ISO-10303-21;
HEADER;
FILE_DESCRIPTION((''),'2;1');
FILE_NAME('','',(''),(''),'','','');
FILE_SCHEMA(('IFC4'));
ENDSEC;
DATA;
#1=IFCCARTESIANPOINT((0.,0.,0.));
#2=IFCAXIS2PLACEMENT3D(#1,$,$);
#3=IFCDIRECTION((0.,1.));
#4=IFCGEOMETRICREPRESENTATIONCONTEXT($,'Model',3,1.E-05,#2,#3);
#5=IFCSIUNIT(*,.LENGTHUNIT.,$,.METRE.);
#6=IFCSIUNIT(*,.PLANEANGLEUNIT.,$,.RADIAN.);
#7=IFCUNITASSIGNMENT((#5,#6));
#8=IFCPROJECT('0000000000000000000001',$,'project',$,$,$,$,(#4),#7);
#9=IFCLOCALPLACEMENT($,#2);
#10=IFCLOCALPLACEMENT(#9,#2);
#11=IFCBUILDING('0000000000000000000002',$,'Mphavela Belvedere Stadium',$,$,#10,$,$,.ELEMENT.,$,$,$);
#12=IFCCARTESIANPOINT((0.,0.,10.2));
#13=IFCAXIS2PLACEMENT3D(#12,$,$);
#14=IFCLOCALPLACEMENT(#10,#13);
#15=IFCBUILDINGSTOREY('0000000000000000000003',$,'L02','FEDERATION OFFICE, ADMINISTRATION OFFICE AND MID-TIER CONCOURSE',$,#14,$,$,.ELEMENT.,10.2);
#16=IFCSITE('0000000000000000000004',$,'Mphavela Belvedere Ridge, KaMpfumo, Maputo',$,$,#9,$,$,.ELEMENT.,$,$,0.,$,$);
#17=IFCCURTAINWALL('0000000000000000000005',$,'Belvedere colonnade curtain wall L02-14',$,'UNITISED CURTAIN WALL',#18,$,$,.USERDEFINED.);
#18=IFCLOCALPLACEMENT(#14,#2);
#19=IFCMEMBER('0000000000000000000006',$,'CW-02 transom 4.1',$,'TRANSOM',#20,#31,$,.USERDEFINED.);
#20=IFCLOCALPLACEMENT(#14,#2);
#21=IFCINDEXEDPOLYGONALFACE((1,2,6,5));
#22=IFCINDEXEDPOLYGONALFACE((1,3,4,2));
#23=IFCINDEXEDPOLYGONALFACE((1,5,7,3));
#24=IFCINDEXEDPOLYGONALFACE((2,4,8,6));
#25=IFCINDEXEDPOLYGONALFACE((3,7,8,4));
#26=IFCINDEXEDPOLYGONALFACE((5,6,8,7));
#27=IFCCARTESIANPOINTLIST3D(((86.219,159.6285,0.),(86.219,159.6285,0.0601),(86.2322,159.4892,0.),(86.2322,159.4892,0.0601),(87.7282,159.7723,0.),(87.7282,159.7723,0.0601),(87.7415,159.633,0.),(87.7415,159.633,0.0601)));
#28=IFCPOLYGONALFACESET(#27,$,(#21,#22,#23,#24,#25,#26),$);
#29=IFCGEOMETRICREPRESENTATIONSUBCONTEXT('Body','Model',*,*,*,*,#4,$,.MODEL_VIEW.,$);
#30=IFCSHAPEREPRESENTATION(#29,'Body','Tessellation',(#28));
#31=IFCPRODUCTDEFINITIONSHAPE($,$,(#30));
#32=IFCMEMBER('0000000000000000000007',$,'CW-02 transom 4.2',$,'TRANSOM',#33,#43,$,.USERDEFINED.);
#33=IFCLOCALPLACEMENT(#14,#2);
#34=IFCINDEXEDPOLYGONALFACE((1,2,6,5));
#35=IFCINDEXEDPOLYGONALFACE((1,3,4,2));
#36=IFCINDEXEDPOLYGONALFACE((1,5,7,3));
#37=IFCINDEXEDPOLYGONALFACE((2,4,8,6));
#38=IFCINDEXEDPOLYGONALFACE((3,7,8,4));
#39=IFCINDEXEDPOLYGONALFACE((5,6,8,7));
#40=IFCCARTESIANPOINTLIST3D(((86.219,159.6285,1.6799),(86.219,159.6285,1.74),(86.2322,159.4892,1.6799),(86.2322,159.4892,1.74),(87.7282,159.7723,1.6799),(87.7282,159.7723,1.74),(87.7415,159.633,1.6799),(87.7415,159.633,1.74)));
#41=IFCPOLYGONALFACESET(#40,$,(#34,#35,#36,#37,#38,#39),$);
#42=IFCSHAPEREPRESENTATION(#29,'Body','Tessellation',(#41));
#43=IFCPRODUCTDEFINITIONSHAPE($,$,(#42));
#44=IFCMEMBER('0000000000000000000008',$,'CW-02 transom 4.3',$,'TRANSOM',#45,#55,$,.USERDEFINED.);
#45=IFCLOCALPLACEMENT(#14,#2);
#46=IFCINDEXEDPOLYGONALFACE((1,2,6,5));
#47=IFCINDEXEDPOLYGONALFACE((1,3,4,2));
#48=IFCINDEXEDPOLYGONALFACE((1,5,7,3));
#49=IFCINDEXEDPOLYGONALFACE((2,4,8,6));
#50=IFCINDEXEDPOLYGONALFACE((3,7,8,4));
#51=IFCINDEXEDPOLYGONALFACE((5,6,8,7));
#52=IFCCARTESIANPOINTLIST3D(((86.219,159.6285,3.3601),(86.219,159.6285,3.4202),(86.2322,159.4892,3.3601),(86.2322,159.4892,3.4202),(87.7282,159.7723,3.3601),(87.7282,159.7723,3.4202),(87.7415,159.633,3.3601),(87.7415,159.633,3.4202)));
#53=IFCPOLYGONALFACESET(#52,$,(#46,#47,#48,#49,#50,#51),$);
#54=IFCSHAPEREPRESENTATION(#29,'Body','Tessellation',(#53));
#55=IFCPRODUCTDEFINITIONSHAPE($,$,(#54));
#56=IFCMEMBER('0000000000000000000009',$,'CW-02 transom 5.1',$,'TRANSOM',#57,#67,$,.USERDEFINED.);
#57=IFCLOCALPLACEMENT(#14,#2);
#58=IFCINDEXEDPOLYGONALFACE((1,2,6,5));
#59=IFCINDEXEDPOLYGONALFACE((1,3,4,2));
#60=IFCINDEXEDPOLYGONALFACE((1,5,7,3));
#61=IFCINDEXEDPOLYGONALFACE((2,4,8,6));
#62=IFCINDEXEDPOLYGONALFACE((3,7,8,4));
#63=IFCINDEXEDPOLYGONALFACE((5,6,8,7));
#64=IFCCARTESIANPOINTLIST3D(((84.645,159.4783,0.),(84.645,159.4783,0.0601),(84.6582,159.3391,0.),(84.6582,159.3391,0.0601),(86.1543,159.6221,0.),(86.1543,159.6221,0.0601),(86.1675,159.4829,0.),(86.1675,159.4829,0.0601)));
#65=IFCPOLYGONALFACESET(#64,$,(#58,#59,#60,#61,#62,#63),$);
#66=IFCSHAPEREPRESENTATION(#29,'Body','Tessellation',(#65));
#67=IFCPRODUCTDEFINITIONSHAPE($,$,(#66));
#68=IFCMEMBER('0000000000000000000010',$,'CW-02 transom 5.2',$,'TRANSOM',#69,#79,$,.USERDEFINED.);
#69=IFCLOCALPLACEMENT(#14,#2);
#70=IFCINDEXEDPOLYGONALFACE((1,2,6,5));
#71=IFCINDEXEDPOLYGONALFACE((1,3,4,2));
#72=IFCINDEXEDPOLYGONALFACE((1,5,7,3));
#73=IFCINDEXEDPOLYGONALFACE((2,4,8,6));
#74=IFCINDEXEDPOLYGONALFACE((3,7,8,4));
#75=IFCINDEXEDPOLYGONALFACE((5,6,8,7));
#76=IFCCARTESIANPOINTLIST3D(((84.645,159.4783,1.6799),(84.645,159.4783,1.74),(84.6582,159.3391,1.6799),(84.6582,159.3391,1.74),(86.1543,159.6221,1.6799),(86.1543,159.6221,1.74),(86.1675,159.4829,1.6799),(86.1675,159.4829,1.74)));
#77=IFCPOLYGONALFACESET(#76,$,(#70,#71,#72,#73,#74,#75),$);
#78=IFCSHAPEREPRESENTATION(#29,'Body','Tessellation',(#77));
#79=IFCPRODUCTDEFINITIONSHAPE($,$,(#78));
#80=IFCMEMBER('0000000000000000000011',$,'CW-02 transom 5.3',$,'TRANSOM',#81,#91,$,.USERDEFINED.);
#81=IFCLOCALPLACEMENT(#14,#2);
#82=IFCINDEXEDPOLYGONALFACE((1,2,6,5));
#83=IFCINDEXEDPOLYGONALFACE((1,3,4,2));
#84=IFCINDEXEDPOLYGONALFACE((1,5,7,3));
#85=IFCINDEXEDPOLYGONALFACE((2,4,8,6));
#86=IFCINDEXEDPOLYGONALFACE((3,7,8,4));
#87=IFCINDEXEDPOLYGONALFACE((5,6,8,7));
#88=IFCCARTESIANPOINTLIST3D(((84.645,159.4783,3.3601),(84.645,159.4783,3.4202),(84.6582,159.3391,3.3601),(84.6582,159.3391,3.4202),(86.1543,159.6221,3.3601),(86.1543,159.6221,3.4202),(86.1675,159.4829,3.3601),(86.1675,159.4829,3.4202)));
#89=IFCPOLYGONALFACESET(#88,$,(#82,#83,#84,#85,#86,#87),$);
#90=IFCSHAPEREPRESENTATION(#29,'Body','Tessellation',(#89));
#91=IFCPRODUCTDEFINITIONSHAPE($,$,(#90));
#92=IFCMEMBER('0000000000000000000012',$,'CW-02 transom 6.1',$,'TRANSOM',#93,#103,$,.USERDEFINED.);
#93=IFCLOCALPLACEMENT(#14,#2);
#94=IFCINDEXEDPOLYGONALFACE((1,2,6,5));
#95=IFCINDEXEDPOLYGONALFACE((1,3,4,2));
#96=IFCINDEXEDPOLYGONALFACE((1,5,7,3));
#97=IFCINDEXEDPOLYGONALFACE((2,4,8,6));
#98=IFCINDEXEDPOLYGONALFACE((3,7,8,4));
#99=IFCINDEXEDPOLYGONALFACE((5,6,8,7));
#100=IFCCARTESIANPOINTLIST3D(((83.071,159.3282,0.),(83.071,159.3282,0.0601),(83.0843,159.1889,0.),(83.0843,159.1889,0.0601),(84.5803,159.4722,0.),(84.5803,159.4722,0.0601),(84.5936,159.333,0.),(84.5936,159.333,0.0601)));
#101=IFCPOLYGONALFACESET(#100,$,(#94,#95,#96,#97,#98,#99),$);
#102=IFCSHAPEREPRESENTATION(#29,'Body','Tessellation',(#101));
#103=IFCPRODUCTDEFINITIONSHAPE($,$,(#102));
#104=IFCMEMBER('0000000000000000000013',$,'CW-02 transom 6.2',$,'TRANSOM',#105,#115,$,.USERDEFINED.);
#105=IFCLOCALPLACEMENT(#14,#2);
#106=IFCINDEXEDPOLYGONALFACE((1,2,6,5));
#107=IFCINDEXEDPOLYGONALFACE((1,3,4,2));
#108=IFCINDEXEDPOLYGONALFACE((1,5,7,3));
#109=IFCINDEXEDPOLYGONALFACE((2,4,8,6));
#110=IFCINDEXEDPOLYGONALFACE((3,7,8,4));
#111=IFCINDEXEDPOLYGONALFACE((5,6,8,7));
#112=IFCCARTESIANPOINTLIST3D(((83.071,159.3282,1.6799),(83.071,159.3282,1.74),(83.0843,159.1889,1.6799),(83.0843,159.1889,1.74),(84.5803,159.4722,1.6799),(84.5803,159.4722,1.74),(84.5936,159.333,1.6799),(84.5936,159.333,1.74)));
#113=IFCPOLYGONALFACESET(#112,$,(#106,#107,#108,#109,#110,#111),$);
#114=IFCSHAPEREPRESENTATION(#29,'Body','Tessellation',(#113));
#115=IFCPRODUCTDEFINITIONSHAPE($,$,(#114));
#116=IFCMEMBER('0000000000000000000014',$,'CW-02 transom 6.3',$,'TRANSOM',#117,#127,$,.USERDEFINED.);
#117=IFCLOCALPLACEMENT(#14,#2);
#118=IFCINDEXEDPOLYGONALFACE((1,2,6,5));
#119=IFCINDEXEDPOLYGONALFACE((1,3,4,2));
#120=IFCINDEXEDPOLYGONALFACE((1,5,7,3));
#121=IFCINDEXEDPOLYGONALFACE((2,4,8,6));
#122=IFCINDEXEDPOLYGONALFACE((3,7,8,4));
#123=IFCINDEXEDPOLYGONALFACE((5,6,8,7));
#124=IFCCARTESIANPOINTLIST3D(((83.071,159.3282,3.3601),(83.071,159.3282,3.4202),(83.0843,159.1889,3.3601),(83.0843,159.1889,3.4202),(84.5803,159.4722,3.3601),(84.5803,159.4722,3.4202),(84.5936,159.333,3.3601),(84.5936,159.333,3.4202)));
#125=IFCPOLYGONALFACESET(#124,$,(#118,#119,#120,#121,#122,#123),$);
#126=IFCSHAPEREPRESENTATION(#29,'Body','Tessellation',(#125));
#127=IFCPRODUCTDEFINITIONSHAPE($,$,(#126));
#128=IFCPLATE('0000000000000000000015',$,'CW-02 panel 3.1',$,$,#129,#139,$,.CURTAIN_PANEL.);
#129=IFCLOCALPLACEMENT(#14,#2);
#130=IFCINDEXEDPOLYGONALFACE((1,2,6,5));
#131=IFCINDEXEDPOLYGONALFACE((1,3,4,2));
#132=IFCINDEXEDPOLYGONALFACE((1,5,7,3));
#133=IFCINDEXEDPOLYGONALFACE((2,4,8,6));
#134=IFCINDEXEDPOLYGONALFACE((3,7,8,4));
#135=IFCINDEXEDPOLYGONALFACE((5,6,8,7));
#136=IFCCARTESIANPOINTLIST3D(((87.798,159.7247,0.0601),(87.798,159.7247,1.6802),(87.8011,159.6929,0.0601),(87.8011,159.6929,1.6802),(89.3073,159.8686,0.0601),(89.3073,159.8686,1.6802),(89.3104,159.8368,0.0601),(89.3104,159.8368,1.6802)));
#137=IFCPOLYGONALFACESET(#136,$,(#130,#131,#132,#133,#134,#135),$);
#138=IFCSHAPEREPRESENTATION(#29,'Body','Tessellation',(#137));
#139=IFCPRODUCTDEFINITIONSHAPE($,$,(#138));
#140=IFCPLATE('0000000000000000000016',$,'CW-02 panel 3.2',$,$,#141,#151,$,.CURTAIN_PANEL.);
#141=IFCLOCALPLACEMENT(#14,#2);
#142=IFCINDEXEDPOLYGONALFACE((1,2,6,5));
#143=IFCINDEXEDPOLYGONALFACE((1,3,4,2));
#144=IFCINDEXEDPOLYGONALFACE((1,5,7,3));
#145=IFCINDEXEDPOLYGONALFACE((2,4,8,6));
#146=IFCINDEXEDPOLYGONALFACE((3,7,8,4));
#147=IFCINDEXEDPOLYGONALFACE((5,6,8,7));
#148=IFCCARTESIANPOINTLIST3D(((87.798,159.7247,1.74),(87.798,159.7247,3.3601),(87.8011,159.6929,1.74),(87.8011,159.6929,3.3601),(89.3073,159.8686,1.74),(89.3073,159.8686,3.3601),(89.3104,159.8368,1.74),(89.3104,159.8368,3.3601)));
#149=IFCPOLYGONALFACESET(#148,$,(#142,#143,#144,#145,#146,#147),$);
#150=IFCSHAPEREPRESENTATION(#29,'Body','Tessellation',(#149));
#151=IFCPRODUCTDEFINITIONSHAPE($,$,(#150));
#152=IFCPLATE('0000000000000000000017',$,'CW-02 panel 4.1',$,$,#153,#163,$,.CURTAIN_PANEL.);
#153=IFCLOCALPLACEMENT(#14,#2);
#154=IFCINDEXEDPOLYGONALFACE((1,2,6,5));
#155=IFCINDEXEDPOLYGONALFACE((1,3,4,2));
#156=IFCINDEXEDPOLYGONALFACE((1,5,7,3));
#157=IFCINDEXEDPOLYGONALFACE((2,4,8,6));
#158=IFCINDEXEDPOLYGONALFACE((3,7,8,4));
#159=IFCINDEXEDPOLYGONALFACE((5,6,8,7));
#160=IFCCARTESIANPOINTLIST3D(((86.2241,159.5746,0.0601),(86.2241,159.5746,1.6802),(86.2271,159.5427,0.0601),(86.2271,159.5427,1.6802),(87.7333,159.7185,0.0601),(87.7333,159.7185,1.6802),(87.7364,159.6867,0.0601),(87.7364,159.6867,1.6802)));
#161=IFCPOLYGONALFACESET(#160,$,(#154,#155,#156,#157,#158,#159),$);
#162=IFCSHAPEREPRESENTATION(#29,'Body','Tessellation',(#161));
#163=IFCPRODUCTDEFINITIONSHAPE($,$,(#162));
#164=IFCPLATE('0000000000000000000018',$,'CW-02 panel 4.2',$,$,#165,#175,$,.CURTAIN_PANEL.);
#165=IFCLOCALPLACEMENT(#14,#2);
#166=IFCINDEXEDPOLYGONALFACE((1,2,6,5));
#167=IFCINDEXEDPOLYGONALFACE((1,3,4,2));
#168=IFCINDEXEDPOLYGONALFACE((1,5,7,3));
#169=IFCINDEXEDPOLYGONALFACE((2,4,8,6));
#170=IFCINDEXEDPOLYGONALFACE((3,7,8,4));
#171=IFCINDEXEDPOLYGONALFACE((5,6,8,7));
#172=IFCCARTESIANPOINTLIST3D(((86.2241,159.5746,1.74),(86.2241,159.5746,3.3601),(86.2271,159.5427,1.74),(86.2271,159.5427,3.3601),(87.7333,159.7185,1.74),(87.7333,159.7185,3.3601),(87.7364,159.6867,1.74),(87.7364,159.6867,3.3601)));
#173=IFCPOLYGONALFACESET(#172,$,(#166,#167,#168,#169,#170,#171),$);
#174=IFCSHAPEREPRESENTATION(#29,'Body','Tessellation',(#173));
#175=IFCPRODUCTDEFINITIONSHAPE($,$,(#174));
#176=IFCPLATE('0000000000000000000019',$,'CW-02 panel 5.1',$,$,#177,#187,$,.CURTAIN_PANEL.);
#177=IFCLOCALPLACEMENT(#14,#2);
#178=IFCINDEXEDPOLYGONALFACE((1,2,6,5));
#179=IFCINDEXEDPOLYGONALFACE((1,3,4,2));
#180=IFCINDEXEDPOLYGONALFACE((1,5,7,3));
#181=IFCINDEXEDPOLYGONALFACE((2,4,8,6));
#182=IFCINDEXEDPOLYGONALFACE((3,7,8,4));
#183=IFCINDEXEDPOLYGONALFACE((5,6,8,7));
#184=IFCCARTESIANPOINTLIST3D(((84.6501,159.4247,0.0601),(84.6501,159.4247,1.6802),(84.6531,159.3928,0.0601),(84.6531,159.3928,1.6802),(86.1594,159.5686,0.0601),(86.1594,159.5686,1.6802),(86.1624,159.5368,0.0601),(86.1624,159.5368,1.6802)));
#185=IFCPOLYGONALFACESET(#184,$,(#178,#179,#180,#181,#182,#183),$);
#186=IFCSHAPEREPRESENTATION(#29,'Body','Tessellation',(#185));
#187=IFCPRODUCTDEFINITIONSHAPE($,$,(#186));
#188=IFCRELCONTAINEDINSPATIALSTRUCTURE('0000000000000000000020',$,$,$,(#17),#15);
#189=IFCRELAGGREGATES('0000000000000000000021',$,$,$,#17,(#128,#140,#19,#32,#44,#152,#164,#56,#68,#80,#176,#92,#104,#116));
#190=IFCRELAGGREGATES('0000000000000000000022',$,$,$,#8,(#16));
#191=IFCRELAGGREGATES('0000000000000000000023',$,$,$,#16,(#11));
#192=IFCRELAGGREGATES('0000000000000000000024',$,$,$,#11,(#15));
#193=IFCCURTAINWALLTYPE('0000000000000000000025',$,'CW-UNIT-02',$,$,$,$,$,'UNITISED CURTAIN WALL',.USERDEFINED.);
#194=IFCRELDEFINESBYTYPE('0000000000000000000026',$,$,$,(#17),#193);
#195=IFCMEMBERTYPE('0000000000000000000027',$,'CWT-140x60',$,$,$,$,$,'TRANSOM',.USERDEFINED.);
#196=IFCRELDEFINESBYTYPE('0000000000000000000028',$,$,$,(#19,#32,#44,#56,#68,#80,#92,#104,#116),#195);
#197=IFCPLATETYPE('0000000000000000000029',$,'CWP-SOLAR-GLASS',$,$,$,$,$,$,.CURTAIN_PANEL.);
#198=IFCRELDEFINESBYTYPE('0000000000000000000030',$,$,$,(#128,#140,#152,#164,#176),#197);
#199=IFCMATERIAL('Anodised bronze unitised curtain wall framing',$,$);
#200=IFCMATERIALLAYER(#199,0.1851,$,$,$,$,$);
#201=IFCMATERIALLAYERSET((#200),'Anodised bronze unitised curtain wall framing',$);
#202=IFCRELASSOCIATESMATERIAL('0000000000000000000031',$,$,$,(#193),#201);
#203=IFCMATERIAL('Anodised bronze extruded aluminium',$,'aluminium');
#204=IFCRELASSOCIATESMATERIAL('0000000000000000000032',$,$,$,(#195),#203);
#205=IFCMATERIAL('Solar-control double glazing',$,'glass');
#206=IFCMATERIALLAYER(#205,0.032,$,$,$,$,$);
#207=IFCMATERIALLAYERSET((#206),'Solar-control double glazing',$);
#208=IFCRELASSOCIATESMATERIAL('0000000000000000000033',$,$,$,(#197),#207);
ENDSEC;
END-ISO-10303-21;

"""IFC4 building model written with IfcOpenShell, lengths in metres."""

from ifc_helpers import new_model, si_unit, direction, frame, origin, origin_2d, place, context, subcontext, project, spatial, rectangle, extrude, material, layer, layer_set, material_profile, profile_set, type_object, element, aggregate, save


model = new_model("IFC4")

# Units and contexts
model_context = context("Model", 3, precision=1e-05, world=origin(), true_north=direction((0.0, 1.0)))
body_context = subcontext(model_context, "Body", "Model", "MODEL_VIEW")
ifc_project = project(units=[si_unit("LENGTHUNIT", "METRE"), si_unit("PLANEANGLEUNIT", "RADIAN")], contexts=[model_context])

# Site, building, storey
site_placement = place(None, origin())
site = spatial("IfcSite", under=ifc_project, at=site_placement, Name="Mphavela Belvedere Ridge, KaMpfumo, Maputo", CompositionType="ELEMENT", RefElevation=0.0)
building_placement = place(site_placement, origin())
building = spatial("IfcBuilding", under=site, at=building_placement, Name="Mphavela Belvedere Stadium", CompositionType="ELEMENT")
storey_placement = place(building_placement, frame((0.0, 0.0, 10.2)))
storey = spatial("IfcBuildingStorey", under=building, at=storey_placement, Name="L02", Description="FEDERATION OFFICE, ADMINISTRATION OFFICE AND MID-TIER CONCOURSE", CompositionType="ELEMENT", Elevation=10.2)

# Curtain wall, members, plates
ifc_material_1 = material(Name="Anodised bronze unitised curtain wall framing")
ifc_layer_1 = layer(ifc_material_1, 0.1851)
ifc_layer_set_1 = layer_set([ifc_layer_1], Name="Anodised bronze unitised curtain wall framing")
curtain_wall_type = type_object("IfcCurtainWallType", Name="CW-UNIT-02", ElementType="UNITISED CURTAIN WALL", PredefinedType="USERDEFINED", material=ifc_layer_set_1)
curtain_wall_placement = place(storey_placement, origin())
curtain_wall = element("IfcCurtainWall", 1, at=curtain_wall_placement, inside=storey, type_object=curtain_wall_type, Name="Belvedere colonnade curtain wall L02-14", ObjectType="UNITISED CURTAIN WALL", PredefinedType="USERDEFINED")
ifc_material_2 = material(Name="Anodised bronze extruded aluminium", Category="aluminium")
ifc_material_profile_1 = material_profile(ifc_material_2, rectangle(XDim=0.1399, YDim=0.0601, at=origin_2d()), Name="CW-TRN 140x60")
ifc_profile_set_1 = profile_set([ifc_material_profile_1], Name="Anodised bronze extruded aluminium")
member_type_1 = type_object("IfcMemberType", Name="CWT-140x60", ElementType="TRANSOM", PredefinedType="USERDEFINED", material=ifc_profile_set_1)
member_1_placement = place(storey_placement, frame((87.7349, 159.7026, 0.03), z_axis=(-0.995492, -0.094847, 0.0), x_axis=(0.094847, -0.995492, 0.0)))
member_1 = element("IfcMember", 2, at=member_1_placement, type_object=member_type_1, Name="CW-02 transom 4.1", ObjectType="TRANSOM", PredefinedType="USERDEFINED", context=body_context, shape_type="SweptSolid", body=[
    extrude(rectangle(XDim=0.1399, YDim=0.0601, at=origin_2d()), origin(), (0.0, 0.0, 1.0), 1.5161),
])
member_2_placement = place(storey_placement, frame((87.7349, 159.7026, 1.71), z_axis=(-0.995492, -0.094847, 0.0), x_axis=(0.094847, -0.995492, 0.0)))
member_2 = element("IfcMember", 3, at=member_2_placement, type_object=member_type_1, Name="CW-02 transom 4.2", ObjectType="TRANSOM", PredefinedType="USERDEFINED", context=body_context, shape_type="SweptSolid", body=[
    extrude(rectangle(XDim=0.1399, YDim=0.0601, at=origin_2d()), origin(), (0.0, 0.0, 1.0), 1.5161),
])
member_3_placement = place(storey_placement, frame((87.7349, 159.7026, 3.3901), z_axis=(-0.995492, -0.094847, 0.0), x_axis=(0.094847, -0.995492, 0.0)))
member_3 = element("IfcMember", 4, at=member_3_placement, type_object=member_type_1, Name="CW-02 transom 4.3", ObjectType="TRANSOM", PredefinedType="USERDEFINED", context=body_context, shape_type="SweptSolid", body=[
    extrude(rectangle(XDim=0.1399, YDim=0.0601, at=origin_2d()), origin(), (0.0, 0.0, 1.0), 1.5161),
])
member_4_placement = place(storey_placement, frame((86.1609, 159.5525, 0.03), z_axis=(-0.995492, -0.094847, 0.0), x_axis=(0.094847, -0.995492, 0.0)))
member_4 = element("IfcMember", 5, at=member_4_placement, type_object=member_type_1, Name="CW-02 transom 5.1", ObjectType="TRANSOM", PredefinedType="USERDEFINED", context=body_context, shape_type="SweptSolid", body=[
    extrude(rectangle(XDim=0.1399, YDim=0.0601, at=origin_2d()), origin(), (0.0, 0.0, 1.0), 1.5161),
])
member_5_placement = place(storey_placement, frame((86.1609, 159.5525, 1.71), z_axis=(-0.995492, -0.094847, 0.0), x_axis=(0.094847, -0.995492, 0.0)))
member_5 = element("IfcMember", 6, at=member_5_placement, type_object=member_type_1, Name="CW-02 transom 5.2", ObjectType="TRANSOM", PredefinedType="USERDEFINED", context=body_context, shape_type="SweptSolid", body=[
    extrude(rectangle(XDim=0.1399, YDim=0.0601, at=origin_2d()), origin(), (0.0, 0.0, 1.0), 1.5161),
])
member_6_placement = place(storey_placement, frame((86.1609, 159.5525, 3.3901), z_axis=(-0.995492, -0.094847, 0.0), x_axis=(0.094847, -0.995492, 0.0)))
member_6 = element("IfcMember", 7, at=member_6_placement, type_object=member_type_1, Name="CW-02 transom 5.3", ObjectType="TRANSOM", PredefinedType="USERDEFINED", context=body_context, shape_type="SweptSolid", body=[
    extrude(rectangle(XDim=0.1399, YDim=0.0601, at=origin_2d()), origin(), (0.0, 0.0, 1.0), 1.5161),
])
member_7_placement = place(storey_placement, frame((84.5869, 159.4026, 0.03), z_axis=(-0.995477, -0.095007, 0.0), x_axis=(0.095007, -0.995477, 0.0)))
member_7 = element("IfcMember", 8, at=member_7_placement, type_object=member_type_1, Name="CW-02 transom 6.1", ObjectType="TRANSOM", PredefinedType="USERDEFINED", context=body_context, shape_type="SweptSolid", body=[
    extrude(rectangle(XDim=0.1399, YDim=0.0601, at=origin_2d()), origin(), (0.0, 0.0, 1.0), 1.5161),
])
member_8_placement = place(storey_placement, frame((84.5869, 159.4026, 1.71), z_axis=(-0.995477, -0.095007, 0.0), x_axis=(0.095007, -0.995477, 0.0)))
member_8 = element("IfcMember", 9, at=member_8_placement, type_object=member_type_1, Name="CW-02 transom 6.2", ObjectType="TRANSOM", PredefinedType="USERDEFINED", context=body_context, shape_type="SweptSolid", body=[
    extrude(rectangle(XDim=0.1399, YDim=0.0601, at=origin_2d()), origin(), (0.0, 0.0, 1.0), 1.5161),
])
member_9_placement = place(storey_placement, frame((84.5869, 159.4026, 3.3901), z_axis=(-0.995477, -0.095007, 0.0), x_axis=(0.095007, -0.995477, 0.0)))
member_9 = element("IfcMember", 10, at=member_9_placement, type_object=member_type_1, Name="CW-02 transom 6.3", ObjectType="TRANSOM", PredefinedType="USERDEFINED", context=body_context, shape_type="SweptSolid", body=[
    extrude(rectangle(XDim=0.1399, YDim=0.0601, at=origin_2d()), origin(), (0.0, 0.0, 1.0), 1.5161),
])
ifc_material_3 = material(Name="Solar-control double glazing", Category="glass")
ifc_layer_2 = layer(ifc_material_3, 0.032)
ifc_layer_set_2 = layer_set([ifc_layer_2], Name="Solar-control double glazing")
plate_type = type_object("IfcPlateType", Name="CWP-SOLAR-GLASS", PredefinedType="CURTAIN_PANEL", material=ifc_layer_set_2)
plate_1_placement = place(storey_placement, frame((88.5542, 159.7808, 0.0601), z_axis=(0.0, 0.0, 1.0), x_axis=(-0.995484, -0.094926, 0.0)))
plate_1 = element("IfcPlate", 11, at=plate_1_placement, type_object=plate_type, Name="CW-02 panel 3.1", PredefinedType="CURTAIN_PANEL", context=body_context, shape_type="SweptSolid", body=[
    extrude(rectangle(XDim=1.5161, YDim=0.032, at=origin_2d()), origin(), (0.0, 0.0, 1.0), 1.6201),
])
plate_2_placement = place(storey_placement, frame((88.5542, 159.7808, 1.74), z_axis=(0.0, 0.0, 1.0), x_axis=(-0.995484, -0.094926, 0.0)))
plate_2 = element("IfcPlate", 12, at=plate_2_placement, type_object=plate_type, Name="CW-02 panel 3.2", PredefinedType="CURTAIN_PANEL", context=body_context, shape_type="SweptSolid", body=[
    extrude(rectangle(XDim=1.5161, YDim=0.032, at=origin_2d()), origin(), (0.0, 0.0, 1.0), 1.6201),
])
plate_3_placement = place(storey_placement, frame((86.9802, 159.6306, 0.0601), z_axis=(0.0, 0.0, 1.0), x_axis=(-0.995484, -0.094926, 0.0)))
plate_3 = element("IfcPlate", 13, at=plate_3_placement, type_object=plate_type, Name="CW-02 panel 4.1", PredefinedType="CURTAIN_PANEL", context=body_context, shape_type="SweptSolid", body=[
    extrude(rectangle(XDim=1.5161, YDim=0.032, at=origin_2d()), origin(), (0.0, 0.0, 1.0), 1.6201),
])
plate_4_placement = place(storey_placement, frame((86.9802, 159.6306, 1.74), z_axis=(0.0, 0.0, 1.0), x_axis=(-0.995484, -0.094926, 0.0)))
plate_4 = element("IfcPlate", 14, at=plate_4_placement, type_object=plate_type, Name="CW-02 panel 4.2", PredefinedType="CURTAIN_PANEL", context=body_context, shape_type="SweptSolid", body=[
    extrude(rectangle(XDim=1.5161, YDim=0.032, at=origin_2d()), origin(), (0.0, 0.0, 1.0), 1.6201),
])
plate_5_placement = place(storey_placement, frame((85.4062, 159.4807, 0.0601), z_axis=(0.0, 0.0, 1.0), x_axis=(-0.995484, -0.094926, 0.0)))
plate_5 = element("IfcPlate", 15, at=plate_5_placement, type_object=plate_type, Name="CW-02 panel 5.1", PredefinedType="CURTAIN_PANEL", context=body_context, shape_type="SweptSolid", body=[
    extrude(rectangle(XDim=1.5161, YDim=0.032, at=origin_2d()), origin(), (0.0, 0.0, 1.0), 1.6201),
])
aggregate(curtain_wall, [plate_1, plate_2, member_1, member_2, member_3, plate_3, plate_4, member_4, member_5, member_6, plate_5, member_7, member_8, member_9])

save(model, "model.ifc")
